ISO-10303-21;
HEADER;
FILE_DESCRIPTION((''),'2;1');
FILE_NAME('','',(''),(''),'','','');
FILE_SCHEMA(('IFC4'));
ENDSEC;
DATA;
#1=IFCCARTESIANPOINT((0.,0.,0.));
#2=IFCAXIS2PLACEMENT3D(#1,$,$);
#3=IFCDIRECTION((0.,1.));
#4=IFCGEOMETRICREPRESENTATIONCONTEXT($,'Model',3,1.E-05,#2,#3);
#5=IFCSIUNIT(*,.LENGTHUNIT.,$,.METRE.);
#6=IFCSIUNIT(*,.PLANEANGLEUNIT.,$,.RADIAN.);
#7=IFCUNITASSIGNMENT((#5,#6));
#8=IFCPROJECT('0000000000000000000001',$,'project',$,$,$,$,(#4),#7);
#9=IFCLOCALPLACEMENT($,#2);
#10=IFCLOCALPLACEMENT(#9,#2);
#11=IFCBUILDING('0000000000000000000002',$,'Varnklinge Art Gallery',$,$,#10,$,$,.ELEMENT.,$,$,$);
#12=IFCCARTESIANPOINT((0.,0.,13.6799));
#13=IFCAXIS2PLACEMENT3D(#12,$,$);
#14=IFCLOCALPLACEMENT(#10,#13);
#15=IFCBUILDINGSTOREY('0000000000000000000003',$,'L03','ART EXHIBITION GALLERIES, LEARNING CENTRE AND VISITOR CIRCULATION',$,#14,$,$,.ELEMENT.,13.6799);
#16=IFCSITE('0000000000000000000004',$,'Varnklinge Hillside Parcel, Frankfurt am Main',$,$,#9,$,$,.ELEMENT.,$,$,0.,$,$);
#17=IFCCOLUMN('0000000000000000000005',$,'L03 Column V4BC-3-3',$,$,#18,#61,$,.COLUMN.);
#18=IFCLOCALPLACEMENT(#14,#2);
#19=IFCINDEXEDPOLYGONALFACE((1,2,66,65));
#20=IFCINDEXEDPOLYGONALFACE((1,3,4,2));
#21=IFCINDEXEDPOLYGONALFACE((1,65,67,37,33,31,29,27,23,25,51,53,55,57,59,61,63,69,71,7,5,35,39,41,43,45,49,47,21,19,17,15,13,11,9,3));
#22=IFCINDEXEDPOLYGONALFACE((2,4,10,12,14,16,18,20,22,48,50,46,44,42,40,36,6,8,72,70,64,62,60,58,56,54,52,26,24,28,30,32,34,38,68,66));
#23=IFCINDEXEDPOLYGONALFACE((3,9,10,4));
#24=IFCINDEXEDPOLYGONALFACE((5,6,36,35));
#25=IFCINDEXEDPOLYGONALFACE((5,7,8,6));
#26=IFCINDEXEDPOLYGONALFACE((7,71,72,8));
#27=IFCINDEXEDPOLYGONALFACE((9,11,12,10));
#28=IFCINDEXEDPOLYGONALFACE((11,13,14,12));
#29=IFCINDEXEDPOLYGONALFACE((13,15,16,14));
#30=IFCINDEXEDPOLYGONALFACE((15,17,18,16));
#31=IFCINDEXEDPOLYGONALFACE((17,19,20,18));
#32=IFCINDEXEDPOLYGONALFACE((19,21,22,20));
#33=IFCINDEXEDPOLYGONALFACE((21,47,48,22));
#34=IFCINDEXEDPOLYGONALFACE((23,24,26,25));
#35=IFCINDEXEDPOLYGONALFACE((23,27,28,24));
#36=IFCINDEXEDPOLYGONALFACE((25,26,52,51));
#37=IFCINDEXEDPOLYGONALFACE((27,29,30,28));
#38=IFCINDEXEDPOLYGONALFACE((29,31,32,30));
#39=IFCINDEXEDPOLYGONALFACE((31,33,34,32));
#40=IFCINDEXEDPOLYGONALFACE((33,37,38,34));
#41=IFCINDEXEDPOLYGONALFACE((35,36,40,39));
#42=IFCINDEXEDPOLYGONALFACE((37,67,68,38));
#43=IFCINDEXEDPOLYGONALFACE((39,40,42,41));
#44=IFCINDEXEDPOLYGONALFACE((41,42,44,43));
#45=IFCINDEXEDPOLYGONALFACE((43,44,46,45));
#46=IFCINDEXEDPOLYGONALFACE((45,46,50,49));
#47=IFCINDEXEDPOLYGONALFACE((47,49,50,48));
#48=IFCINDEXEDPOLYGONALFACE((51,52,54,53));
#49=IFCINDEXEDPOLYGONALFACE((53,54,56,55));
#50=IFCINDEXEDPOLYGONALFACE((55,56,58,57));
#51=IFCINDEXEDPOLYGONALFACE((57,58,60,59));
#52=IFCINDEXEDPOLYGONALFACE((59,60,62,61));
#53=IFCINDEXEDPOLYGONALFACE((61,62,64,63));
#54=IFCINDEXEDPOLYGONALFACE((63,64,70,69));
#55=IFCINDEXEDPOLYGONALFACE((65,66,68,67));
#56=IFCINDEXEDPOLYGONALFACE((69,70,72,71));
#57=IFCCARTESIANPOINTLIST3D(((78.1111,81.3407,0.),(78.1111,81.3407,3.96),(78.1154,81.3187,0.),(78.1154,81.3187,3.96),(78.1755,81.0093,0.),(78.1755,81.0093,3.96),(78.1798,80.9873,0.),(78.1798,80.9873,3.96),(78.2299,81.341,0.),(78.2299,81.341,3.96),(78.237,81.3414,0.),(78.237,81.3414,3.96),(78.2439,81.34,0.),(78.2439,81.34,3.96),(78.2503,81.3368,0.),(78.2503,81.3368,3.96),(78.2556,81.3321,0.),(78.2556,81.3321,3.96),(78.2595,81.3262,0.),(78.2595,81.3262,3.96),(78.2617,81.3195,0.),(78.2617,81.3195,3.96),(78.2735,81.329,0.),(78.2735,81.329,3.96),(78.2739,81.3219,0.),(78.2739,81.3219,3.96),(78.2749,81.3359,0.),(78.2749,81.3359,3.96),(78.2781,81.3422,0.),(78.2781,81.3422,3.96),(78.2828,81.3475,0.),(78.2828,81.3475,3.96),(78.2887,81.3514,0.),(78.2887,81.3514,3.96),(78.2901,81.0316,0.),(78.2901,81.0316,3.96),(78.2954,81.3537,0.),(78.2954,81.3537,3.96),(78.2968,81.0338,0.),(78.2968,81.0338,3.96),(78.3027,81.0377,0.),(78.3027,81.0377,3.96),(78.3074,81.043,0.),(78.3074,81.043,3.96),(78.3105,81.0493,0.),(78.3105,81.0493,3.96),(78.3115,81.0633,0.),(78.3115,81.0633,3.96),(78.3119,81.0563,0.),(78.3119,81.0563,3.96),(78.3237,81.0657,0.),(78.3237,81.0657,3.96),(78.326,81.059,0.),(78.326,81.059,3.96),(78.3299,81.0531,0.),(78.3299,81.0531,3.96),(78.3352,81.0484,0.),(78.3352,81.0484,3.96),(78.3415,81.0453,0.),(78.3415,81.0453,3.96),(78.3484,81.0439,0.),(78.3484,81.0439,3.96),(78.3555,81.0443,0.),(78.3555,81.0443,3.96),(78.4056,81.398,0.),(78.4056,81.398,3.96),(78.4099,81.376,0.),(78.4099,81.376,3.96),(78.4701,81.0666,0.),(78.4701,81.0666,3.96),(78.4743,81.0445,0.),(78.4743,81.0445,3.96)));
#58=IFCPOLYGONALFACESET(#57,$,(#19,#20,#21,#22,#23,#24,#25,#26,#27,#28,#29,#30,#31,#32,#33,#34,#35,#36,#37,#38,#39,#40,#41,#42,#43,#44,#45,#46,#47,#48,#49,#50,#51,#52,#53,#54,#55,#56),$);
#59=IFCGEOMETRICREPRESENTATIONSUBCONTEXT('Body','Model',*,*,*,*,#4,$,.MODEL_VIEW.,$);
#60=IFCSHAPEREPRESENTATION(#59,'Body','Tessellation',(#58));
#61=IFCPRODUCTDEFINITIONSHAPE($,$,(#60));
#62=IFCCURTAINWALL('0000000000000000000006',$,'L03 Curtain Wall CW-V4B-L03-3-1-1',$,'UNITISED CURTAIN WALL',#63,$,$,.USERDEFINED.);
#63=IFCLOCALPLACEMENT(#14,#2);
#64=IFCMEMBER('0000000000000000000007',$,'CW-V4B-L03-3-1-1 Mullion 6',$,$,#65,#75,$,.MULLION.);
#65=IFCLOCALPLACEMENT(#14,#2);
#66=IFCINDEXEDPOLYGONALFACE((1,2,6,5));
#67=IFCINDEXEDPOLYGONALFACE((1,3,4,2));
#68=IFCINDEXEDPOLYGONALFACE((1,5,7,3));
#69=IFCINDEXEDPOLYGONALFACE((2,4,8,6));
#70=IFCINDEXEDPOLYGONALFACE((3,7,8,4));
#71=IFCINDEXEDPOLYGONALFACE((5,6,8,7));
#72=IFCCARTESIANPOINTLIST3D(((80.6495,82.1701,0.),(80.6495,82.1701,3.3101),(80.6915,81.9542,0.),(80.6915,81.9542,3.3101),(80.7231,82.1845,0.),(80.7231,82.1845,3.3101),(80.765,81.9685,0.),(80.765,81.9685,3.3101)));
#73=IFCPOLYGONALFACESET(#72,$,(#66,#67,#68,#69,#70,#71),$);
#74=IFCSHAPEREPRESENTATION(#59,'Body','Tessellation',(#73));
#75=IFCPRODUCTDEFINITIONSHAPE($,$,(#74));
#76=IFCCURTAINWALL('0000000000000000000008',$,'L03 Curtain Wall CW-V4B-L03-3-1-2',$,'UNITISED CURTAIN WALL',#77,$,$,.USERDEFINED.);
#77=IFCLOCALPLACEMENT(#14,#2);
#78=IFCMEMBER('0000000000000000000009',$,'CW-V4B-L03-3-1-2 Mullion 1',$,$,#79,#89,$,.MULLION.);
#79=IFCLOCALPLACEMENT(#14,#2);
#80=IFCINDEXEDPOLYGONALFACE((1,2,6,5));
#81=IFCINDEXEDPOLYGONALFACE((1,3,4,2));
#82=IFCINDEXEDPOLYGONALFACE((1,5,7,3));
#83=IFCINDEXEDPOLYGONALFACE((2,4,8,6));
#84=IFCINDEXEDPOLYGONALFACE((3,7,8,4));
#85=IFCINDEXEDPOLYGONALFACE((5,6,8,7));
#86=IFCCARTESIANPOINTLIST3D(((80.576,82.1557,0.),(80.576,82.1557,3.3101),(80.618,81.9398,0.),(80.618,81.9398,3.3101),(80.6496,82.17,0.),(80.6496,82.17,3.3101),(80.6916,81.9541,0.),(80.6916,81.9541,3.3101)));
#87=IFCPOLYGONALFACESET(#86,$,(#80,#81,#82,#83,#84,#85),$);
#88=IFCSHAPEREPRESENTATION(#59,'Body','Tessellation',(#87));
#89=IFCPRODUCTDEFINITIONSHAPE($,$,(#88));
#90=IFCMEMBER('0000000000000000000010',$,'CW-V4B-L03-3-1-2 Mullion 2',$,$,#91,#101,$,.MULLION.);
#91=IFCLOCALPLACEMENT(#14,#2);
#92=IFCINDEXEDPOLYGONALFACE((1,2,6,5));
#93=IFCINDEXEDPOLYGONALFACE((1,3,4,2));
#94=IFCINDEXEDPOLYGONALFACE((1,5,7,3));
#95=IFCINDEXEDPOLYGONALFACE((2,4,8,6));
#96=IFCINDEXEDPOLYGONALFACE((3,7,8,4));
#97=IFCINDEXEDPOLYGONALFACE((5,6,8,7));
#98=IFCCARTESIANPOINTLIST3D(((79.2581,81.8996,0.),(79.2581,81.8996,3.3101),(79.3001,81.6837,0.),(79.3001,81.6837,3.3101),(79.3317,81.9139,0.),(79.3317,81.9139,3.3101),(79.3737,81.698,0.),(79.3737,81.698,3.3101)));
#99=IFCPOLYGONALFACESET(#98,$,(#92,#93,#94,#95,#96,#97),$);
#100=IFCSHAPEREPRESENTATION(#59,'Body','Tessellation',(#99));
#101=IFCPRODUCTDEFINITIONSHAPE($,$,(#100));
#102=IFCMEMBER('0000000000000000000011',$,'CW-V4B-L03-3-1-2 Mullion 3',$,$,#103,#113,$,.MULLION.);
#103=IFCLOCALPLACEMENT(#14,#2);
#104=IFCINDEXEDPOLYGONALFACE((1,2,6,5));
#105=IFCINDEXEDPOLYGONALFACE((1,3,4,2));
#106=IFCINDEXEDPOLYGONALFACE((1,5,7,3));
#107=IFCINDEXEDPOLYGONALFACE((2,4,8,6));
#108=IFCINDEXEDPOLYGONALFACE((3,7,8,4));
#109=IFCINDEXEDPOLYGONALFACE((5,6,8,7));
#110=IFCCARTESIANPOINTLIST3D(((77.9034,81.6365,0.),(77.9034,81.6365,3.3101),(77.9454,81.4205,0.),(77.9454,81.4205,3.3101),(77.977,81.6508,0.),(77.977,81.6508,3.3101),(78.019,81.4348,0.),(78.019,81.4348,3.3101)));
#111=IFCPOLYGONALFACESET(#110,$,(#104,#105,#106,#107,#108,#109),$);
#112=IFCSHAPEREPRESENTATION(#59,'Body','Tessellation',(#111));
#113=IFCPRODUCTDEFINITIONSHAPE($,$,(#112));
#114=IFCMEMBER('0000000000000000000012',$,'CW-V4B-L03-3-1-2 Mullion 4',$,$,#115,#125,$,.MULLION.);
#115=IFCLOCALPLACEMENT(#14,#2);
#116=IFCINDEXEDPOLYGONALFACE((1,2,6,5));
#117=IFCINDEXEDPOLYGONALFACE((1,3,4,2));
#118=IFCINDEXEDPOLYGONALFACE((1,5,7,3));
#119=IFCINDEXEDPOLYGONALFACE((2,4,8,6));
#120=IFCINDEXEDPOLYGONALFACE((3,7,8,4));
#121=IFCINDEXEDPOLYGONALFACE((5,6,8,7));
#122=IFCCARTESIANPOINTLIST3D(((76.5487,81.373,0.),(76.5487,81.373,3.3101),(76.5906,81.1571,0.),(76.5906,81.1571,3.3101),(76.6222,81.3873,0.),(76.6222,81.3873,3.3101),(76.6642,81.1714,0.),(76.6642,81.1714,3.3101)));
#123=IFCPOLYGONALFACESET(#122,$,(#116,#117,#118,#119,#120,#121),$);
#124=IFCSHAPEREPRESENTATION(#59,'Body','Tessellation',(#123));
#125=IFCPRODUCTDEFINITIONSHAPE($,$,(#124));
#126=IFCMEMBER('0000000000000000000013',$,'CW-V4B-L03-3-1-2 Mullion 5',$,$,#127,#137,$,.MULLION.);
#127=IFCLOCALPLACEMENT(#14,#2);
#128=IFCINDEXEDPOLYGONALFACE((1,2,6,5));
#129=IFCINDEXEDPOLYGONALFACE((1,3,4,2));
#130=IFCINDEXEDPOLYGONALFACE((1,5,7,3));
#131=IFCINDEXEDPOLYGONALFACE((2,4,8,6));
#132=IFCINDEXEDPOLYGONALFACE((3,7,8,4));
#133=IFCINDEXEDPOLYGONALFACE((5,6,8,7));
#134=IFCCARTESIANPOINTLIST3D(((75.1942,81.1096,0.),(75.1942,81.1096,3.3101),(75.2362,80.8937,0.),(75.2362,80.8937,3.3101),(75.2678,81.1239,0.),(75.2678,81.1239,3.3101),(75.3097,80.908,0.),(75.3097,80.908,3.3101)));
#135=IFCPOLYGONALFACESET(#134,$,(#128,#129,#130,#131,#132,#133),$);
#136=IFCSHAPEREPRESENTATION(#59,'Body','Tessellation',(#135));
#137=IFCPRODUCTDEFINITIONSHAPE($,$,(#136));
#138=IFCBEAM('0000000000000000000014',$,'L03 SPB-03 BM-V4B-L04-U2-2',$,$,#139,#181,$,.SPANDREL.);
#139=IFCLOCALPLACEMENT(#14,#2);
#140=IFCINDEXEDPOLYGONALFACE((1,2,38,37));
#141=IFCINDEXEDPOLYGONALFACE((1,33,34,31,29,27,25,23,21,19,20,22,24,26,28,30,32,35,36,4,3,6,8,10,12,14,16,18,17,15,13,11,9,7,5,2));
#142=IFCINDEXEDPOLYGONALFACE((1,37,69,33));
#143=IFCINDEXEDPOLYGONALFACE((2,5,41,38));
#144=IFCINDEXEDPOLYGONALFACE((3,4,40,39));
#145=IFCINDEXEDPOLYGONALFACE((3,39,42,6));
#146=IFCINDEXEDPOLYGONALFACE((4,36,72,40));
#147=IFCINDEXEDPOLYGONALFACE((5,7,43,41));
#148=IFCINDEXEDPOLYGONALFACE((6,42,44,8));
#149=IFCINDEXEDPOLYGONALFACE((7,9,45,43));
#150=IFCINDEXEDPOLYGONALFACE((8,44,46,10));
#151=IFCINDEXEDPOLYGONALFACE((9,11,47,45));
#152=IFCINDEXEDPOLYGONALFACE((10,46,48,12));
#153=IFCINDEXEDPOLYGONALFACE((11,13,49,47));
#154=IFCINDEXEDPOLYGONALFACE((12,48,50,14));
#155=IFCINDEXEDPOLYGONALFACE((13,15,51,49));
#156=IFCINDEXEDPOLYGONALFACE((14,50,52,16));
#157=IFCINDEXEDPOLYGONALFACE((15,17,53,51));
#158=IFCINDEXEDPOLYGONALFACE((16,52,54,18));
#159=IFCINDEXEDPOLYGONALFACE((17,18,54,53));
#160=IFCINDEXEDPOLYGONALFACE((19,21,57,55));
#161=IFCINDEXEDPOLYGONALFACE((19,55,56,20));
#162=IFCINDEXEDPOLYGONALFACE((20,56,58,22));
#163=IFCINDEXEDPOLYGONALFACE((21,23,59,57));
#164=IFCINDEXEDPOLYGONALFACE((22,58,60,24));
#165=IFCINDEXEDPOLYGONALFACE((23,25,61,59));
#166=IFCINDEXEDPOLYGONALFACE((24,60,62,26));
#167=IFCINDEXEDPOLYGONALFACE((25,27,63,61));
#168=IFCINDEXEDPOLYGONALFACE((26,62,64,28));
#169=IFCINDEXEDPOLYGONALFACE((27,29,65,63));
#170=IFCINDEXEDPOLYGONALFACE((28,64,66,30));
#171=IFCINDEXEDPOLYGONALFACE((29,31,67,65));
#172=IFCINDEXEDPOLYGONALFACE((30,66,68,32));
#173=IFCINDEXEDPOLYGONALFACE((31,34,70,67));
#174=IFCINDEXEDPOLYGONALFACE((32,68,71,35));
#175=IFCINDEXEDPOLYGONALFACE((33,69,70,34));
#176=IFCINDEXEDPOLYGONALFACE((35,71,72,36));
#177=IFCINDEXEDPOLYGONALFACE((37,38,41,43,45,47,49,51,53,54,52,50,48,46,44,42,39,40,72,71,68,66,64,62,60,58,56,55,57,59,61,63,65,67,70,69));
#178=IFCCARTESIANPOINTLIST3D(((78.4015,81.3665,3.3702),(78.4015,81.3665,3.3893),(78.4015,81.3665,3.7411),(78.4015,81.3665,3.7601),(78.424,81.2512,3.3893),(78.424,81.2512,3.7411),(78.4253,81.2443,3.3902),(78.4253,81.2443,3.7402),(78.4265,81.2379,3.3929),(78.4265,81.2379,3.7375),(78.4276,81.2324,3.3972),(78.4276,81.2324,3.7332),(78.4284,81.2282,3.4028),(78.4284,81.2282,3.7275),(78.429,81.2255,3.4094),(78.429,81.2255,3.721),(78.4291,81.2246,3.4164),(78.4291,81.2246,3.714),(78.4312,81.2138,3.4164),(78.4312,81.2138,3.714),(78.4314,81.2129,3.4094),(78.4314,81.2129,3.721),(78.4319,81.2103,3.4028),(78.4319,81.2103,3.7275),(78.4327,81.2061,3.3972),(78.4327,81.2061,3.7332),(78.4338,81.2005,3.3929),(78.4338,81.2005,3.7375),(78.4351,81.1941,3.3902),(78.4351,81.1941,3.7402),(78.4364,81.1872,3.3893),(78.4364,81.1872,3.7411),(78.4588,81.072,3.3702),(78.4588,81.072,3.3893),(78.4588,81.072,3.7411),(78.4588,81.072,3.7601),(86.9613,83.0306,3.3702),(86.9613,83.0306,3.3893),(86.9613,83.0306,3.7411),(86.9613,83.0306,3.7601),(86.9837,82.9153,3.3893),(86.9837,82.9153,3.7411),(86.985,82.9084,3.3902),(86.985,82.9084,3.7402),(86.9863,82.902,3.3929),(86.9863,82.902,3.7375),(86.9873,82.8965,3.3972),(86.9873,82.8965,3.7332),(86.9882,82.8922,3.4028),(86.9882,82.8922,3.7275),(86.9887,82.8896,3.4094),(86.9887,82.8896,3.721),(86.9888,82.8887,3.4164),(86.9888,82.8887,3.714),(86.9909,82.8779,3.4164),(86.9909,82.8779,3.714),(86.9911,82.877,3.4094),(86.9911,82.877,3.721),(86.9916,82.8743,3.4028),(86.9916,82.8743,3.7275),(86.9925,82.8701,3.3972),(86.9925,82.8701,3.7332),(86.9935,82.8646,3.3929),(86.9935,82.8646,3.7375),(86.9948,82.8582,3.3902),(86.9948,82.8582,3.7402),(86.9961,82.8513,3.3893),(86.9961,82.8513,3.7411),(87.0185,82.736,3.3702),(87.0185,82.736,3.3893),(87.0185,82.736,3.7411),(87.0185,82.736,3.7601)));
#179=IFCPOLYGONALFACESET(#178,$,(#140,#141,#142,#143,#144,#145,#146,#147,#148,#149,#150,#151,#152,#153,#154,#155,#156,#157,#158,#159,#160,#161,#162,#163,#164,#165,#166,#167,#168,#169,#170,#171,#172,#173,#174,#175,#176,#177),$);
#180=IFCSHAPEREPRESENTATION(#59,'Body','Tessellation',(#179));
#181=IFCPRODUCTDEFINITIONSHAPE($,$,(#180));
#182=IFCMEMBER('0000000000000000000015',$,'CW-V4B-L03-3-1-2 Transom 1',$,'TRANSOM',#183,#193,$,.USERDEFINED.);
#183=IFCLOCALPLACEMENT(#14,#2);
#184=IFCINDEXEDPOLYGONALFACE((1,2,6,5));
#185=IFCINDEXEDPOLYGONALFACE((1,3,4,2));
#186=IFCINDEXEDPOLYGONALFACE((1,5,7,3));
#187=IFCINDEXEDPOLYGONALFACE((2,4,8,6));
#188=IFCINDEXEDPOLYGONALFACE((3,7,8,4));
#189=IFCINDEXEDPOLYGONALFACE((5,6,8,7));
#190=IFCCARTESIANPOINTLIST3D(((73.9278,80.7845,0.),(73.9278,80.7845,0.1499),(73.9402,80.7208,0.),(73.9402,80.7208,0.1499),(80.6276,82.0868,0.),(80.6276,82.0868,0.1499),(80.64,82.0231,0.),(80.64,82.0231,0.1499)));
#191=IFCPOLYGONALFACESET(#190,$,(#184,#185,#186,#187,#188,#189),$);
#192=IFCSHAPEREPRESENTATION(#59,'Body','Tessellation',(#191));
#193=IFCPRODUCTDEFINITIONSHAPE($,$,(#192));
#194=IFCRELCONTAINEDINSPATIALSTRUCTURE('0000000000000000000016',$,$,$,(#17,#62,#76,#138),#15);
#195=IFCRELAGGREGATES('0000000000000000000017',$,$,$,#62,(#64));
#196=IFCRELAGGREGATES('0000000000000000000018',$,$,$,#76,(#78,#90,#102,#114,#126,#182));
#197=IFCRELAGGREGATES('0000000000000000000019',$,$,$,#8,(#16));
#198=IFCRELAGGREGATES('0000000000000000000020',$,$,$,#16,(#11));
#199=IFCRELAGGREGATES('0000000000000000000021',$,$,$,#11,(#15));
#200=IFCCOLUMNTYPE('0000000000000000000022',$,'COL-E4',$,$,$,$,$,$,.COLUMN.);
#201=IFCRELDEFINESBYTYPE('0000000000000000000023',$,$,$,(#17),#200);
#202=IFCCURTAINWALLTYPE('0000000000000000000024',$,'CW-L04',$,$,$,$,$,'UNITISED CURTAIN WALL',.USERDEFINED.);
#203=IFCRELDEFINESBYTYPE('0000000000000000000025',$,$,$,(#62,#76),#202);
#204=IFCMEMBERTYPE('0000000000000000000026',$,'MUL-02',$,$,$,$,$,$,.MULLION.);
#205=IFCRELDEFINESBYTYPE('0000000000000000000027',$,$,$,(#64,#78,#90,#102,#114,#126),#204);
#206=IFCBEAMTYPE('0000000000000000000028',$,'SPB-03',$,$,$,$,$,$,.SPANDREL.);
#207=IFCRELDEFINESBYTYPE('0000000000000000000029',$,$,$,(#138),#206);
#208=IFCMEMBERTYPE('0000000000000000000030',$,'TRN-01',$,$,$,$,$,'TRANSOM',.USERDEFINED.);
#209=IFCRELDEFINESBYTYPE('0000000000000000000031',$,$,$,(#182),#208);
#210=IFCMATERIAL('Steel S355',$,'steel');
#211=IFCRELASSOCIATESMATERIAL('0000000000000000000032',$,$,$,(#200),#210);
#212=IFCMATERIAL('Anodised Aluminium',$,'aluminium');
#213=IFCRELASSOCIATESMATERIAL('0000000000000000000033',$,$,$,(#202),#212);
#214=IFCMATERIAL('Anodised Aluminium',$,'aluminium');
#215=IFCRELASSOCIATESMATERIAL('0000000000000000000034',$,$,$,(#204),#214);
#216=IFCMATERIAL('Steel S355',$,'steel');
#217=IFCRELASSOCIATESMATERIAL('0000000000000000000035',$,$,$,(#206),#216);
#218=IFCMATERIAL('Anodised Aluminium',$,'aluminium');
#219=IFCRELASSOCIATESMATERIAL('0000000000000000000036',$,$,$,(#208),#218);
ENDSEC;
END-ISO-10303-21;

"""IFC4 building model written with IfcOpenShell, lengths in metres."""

from ifc_helpers import new_model, si_unit, direction, frame, origin, origin_2d, place, context, subcontext, project, spatial, rectangle, i_section, extrude, material, material_profile, profile_set, type_object, element, aggregate, save


model = new_model("IFC4")

# Units and contexts
model_context = context("Model", 3, precision=1e-05, world=origin(), true_north=direction((0.0, 1.0)))
body_context = subcontext(model_context, "Body", "Model", "MODEL_VIEW")
ifc_project = project(units=[si_unit("LENGTHUNIT", "METRE"), si_unit("PLANEANGLEUNIT", "RADIAN")], contexts=[model_context])

# Site, building, storey
site_placement = place(None, origin())
site = spatial("IfcSite", under=ifc_project, at=site_placement, Name="Varnklinge Hillside Parcel, Frankfurt am Main", CompositionType="ELEMENT", RefElevation=0.0)
building_placement = place(site_placement, origin())
building = spatial("IfcBuilding", under=site, at=building_placement, Name="Varnklinge Art Gallery", CompositionType="ELEMENT")
storey_placement = place(building_placement, frame((0.0, 0.0, 13.6799)))
storey = spatial("IfcBuildingStorey", under=building, at=storey_placement, Name="L03", Description="ART EXHIBITION GALLERIES, LEARNING CENTRE AND VISITOR CIRCULATION", CompositionType="ELEMENT", Elevation=13.6799)

# Column
ifc_material_1 = material(Name="Steel S355", Category="steel")
ifc_material_profile_1 = material_profile(ifc_material_1, i_section(OverallWidth=0.3, OverallDepth=0.3601, WebThickness=0.0125, FlangeThickness=0.0225, FilletRadius=0.0271, at=origin_2d()), Name="HEB 360")
ifc_profile_set_1 = profile_set([ifc_material_profile_1], Name="Steel S355")
column_type = type_object("IfcColumnType", Name="COL-E4", PredefinedType="COLUMN", material=ifc_profile_set_1)
column_placement = place(storey_placement, frame((78.2927, 81.1926, 0.0), z_axis=(0.0, 0.0, 1.0), x_axis=(0.981627, 0.190809, 0.0)))
element("IfcColumn", 1, at=column_placement, inside=storey, type_object=column_type, Name="L03 Column V4BC-3-3", PredefinedType="COLUMN", context=body_context, shape_type="SweptSolid", body=[
    extrude(i_section(OverallWidth=0.3, OverallDepth=0.3601, WebThickness=0.0125, FlangeThickness=0.0225, FilletRadius=0.0271, at=origin_2d()), origin(), (0.0, 0.0, 1.0), 3.96),
])

# Curtain wall, member
ifc_material_2 = material(Name="Anodised Aluminium", Category="aluminium")
curtain_wall_type = type_object("IfcCurtainWallType", Name="CW-L04", ElementType="UNITISED CURTAIN WALL", PredefinedType="USERDEFINED", material=ifc_material_2)
curtain_wall_1_placement = place(storey_placement, origin())
curtain_wall_1 = element("IfcCurtainWall", 2, at=curtain_wall_1_placement, inside=storey, type_object=curtain_wall_type, Name="L03 Curtain Wall CW-V4B-L03-3-1-1", ObjectType="UNITISED CURTAIN WALL", PredefinedType="USERDEFINED")
ifc_material_3 = material(Name="Anodised Aluminium", Category="aluminium")
ifc_material_profile_2 = material_profile(ifc_material_3, rectangle(XDim=0.075, YDim=0.22, at=origin_2d()), Name="ALU 75x220")
ifc_profile_set_2 = profile_set([ifc_material_profile_2], Name="Anodised Aluminium")
member_type_1 = type_object("IfcMemberType", Name="MUL-02", PredefinedType="MULLION", material=ifc_profile_set_2)
member_1_placement = place(storey_placement, frame((80.7073, 82.0693, 0.0), z_axis=(0.0, 0.0, 1.0), x_axis=(-0.981627, -0.190809, 0.0)))
member_1 = element("IfcMember", 3, at=member_1_placement, type_object=member_type_1, Name="CW-V4B-L03-3-1-1 Mullion 6", PredefinedType="MULLION", context=body_context, shape_type="SweptSolid", body=[
    extrude(rectangle(XDim=0.075, YDim=0.22, at=origin_2d()), origin(), (0.0, 0.0, 1.0), 3.3101),
])
aggregate(curtain_wall_1, [member_1])

# Curtain wall, members
curtain_wall_2_placement = place(storey_placement, origin())
curtain_wall_2 = element("IfcCurtainWall", 4, at=curtain_wall_2_placement, inside=storey, type_object=curtain_wall_type, Name="L03 Curtain Wall CW-V4B-L03-3-1-2", ObjectType="UNITISED CURTAIN WALL", PredefinedType="USERDEFINED")
member_2_placement = place(storey_placement, frame((80.6338, 82.0549, 0.0), z_axis=(0.0, 0.0, 1.0), x_axis=(-0.981627, -0.190809, 0.0)))
member_2 = element("IfcMember", 5, at=member_2_placement, type_object=member_type_1, Name="CW-V4B-L03-3-1-2 Mullion 1", PredefinedType="MULLION", context=body_context, shape_type="SweptSolid", body=[
    extrude(rectangle(XDim=0.075, YDim=0.22, at=origin_2d()), origin(), (0.0, 0.0, 1.0), 3.3101),
])
member_3_placement = place(storey_placement, frame((79.3159, 81.7988, 0.0), z_axis=(0.0, 0.0, 1.0), x_axis=(-0.981627, -0.190809, 0.0)))
member_3 = element("IfcMember", 6, at=member_3_placement, type_object=member_type_1, Name="CW-V4B-L03-3-1-2 Mullion 2", PredefinedType="MULLION", context=body_context, shape_type="SweptSolid", body=[
    extrude(rectangle(XDim=0.075, YDim=0.22, at=origin_2d()), origin(), (0.0, 0.0, 1.0), 3.3101),
])
member_4_placement = place(storey_placement, frame((77.9612, 81.5356, 0.0), z_axis=(0.0, 0.0, 1.0), x_axis=(-0.981627, -0.190809, 0.0)))
member_4 = element("IfcMember", 7, at=member_4_placement, type_object=member_type_1, Name="CW-V4B-L03-3-1-2 Mullion 3", PredefinedType="MULLION", context=body_context, shape_type="SweptSolid", body=[
    extrude(rectangle(XDim=0.075, YDim=0.22, at=origin_2d()), origin(), (0.0, 0.0, 1.0), 3.3101),
])
member_5_placement = place(storey_placement, frame((76.6064, 81.2722, 0.0), z_axis=(0.0, 0.0, 1.0), x_axis=(-0.981627, -0.190809, 0.0)))
member_5 = element("IfcMember", 8, at=member_5_placement, type_object=member_type_1, Name="CW-V4B-L03-3-1-2 Mullion 4", PredefinedType="MULLION", context=body_context, shape_type="SweptSolid", body=[
    extrude(rectangle(XDim=0.075, YDim=0.22, at=origin_2d()), origin(), (0.0, 0.0, 1.0), 3.3101),
])
member_6_placement = place(storey_placement, frame((75.252, 81.0088, 0.0), z_axis=(0.0, 0.0, 1.0), x_axis=(-0.981627, -0.190809, 0.0)))
member_6 = element("IfcMember", 9, at=member_6_placement, type_object=member_type_1, Name="CW-V4B-L03-3-1-2 Mullion 5", PredefinedType="MULLION", context=body_context, shape_type="SweptSolid", body=[
    extrude(rectangle(XDim=0.075, YDim=0.22, at=origin_2d()), origin(), (0.0, 0.0, 1.0), 3.3101),
])

# Beam
ifc_material_4 = material(Name="Steel S355", Category="steel")
ifc_material_profile_3 = material_profile(ifc_material_4, i_section(OverallWidth=0.3, OverallDepth=0.3899, WebThickness=0.011, FlangeThickness=0.019, FilletRadius=0.0271, at=origin_2d()), Name="HEA 400")
ifc_profile_set_3 = profile_set([ifc_material_profile_3], Name="Steel S355")
beam_type = type_object("IfcBeamType", Name="SPB-03", PredefinedType="SPANDREL", material=ifc_profile_set_3)
beam_placement = place(storey_placement, frame((78.4302, 81.2192, 3.5652), z_axis=(0.981623, 0.190831, 0.0), x_axis=(-0.190831, 0.981623, 0.0)))
element("IfcBeam", 10, at=beam_placement, inside=storey, type_object=beam_type, Name="L03 SPB-03 BM-V4B-L04-U2-2", PredefinedType="SPANDREL", context=body_context, shape_type="SweptSolid", body=[
    extrude(i_section(OverallWidth=0.3, OverallDepth=0.3899, WebThickness=0.011, FlangeThickness=0.019, FilletRadius=0.0271, at=origin_2d()), origin(), (0.0, 0.0, 1.0), 8.72),
])

# Member
ifc_material_5 = material(Name="Anodised Aluminium", Category="aluminium")
ifc_material_profile_4 = material_profile(ifc_material_5, rectangle(XDim=0.0649, YDim=0.1499, at=origin_2d()), Name="ALU 65x150")
ifc_profile_set_4 = profile_set([ifc_material_profile_4], Name="Anodised Aluminium")
member_type_2 = type_object("IfcMemberType", Name="TRN-01", ElementType="TRANSOM", PredefinedType="USERDEFINED", material=ifc_profile_set_4)
member_7_placement = place(storey_placement, frame((80.6338, 82.0549, 0.075), z_axis=(-0.981628, -0.190803, 0.0), x_axis=(0.190803, -0.981628, 0.0)))
member_7 = element("IfcMember", 11, at=member_7_placement, type_object=member_type_2, Name="CW-V4B-L03-3-1-2 Transom 1", ObjectType="TRANSOM", PredefinedType="USERDEFINED", context=body_context, shape_type="SweptSolid", body=[
    extrude(rectangle(XDim=0.0649, YDim=0.1499, at=origin_2d()), origin(), (0.0, 0.0, 1.0), 6.8252),
])

aggregate(curtain_wall_2, [member_2, member_3, member_4, member_5, member_6, member_7])

save(model, "model.ifc")
